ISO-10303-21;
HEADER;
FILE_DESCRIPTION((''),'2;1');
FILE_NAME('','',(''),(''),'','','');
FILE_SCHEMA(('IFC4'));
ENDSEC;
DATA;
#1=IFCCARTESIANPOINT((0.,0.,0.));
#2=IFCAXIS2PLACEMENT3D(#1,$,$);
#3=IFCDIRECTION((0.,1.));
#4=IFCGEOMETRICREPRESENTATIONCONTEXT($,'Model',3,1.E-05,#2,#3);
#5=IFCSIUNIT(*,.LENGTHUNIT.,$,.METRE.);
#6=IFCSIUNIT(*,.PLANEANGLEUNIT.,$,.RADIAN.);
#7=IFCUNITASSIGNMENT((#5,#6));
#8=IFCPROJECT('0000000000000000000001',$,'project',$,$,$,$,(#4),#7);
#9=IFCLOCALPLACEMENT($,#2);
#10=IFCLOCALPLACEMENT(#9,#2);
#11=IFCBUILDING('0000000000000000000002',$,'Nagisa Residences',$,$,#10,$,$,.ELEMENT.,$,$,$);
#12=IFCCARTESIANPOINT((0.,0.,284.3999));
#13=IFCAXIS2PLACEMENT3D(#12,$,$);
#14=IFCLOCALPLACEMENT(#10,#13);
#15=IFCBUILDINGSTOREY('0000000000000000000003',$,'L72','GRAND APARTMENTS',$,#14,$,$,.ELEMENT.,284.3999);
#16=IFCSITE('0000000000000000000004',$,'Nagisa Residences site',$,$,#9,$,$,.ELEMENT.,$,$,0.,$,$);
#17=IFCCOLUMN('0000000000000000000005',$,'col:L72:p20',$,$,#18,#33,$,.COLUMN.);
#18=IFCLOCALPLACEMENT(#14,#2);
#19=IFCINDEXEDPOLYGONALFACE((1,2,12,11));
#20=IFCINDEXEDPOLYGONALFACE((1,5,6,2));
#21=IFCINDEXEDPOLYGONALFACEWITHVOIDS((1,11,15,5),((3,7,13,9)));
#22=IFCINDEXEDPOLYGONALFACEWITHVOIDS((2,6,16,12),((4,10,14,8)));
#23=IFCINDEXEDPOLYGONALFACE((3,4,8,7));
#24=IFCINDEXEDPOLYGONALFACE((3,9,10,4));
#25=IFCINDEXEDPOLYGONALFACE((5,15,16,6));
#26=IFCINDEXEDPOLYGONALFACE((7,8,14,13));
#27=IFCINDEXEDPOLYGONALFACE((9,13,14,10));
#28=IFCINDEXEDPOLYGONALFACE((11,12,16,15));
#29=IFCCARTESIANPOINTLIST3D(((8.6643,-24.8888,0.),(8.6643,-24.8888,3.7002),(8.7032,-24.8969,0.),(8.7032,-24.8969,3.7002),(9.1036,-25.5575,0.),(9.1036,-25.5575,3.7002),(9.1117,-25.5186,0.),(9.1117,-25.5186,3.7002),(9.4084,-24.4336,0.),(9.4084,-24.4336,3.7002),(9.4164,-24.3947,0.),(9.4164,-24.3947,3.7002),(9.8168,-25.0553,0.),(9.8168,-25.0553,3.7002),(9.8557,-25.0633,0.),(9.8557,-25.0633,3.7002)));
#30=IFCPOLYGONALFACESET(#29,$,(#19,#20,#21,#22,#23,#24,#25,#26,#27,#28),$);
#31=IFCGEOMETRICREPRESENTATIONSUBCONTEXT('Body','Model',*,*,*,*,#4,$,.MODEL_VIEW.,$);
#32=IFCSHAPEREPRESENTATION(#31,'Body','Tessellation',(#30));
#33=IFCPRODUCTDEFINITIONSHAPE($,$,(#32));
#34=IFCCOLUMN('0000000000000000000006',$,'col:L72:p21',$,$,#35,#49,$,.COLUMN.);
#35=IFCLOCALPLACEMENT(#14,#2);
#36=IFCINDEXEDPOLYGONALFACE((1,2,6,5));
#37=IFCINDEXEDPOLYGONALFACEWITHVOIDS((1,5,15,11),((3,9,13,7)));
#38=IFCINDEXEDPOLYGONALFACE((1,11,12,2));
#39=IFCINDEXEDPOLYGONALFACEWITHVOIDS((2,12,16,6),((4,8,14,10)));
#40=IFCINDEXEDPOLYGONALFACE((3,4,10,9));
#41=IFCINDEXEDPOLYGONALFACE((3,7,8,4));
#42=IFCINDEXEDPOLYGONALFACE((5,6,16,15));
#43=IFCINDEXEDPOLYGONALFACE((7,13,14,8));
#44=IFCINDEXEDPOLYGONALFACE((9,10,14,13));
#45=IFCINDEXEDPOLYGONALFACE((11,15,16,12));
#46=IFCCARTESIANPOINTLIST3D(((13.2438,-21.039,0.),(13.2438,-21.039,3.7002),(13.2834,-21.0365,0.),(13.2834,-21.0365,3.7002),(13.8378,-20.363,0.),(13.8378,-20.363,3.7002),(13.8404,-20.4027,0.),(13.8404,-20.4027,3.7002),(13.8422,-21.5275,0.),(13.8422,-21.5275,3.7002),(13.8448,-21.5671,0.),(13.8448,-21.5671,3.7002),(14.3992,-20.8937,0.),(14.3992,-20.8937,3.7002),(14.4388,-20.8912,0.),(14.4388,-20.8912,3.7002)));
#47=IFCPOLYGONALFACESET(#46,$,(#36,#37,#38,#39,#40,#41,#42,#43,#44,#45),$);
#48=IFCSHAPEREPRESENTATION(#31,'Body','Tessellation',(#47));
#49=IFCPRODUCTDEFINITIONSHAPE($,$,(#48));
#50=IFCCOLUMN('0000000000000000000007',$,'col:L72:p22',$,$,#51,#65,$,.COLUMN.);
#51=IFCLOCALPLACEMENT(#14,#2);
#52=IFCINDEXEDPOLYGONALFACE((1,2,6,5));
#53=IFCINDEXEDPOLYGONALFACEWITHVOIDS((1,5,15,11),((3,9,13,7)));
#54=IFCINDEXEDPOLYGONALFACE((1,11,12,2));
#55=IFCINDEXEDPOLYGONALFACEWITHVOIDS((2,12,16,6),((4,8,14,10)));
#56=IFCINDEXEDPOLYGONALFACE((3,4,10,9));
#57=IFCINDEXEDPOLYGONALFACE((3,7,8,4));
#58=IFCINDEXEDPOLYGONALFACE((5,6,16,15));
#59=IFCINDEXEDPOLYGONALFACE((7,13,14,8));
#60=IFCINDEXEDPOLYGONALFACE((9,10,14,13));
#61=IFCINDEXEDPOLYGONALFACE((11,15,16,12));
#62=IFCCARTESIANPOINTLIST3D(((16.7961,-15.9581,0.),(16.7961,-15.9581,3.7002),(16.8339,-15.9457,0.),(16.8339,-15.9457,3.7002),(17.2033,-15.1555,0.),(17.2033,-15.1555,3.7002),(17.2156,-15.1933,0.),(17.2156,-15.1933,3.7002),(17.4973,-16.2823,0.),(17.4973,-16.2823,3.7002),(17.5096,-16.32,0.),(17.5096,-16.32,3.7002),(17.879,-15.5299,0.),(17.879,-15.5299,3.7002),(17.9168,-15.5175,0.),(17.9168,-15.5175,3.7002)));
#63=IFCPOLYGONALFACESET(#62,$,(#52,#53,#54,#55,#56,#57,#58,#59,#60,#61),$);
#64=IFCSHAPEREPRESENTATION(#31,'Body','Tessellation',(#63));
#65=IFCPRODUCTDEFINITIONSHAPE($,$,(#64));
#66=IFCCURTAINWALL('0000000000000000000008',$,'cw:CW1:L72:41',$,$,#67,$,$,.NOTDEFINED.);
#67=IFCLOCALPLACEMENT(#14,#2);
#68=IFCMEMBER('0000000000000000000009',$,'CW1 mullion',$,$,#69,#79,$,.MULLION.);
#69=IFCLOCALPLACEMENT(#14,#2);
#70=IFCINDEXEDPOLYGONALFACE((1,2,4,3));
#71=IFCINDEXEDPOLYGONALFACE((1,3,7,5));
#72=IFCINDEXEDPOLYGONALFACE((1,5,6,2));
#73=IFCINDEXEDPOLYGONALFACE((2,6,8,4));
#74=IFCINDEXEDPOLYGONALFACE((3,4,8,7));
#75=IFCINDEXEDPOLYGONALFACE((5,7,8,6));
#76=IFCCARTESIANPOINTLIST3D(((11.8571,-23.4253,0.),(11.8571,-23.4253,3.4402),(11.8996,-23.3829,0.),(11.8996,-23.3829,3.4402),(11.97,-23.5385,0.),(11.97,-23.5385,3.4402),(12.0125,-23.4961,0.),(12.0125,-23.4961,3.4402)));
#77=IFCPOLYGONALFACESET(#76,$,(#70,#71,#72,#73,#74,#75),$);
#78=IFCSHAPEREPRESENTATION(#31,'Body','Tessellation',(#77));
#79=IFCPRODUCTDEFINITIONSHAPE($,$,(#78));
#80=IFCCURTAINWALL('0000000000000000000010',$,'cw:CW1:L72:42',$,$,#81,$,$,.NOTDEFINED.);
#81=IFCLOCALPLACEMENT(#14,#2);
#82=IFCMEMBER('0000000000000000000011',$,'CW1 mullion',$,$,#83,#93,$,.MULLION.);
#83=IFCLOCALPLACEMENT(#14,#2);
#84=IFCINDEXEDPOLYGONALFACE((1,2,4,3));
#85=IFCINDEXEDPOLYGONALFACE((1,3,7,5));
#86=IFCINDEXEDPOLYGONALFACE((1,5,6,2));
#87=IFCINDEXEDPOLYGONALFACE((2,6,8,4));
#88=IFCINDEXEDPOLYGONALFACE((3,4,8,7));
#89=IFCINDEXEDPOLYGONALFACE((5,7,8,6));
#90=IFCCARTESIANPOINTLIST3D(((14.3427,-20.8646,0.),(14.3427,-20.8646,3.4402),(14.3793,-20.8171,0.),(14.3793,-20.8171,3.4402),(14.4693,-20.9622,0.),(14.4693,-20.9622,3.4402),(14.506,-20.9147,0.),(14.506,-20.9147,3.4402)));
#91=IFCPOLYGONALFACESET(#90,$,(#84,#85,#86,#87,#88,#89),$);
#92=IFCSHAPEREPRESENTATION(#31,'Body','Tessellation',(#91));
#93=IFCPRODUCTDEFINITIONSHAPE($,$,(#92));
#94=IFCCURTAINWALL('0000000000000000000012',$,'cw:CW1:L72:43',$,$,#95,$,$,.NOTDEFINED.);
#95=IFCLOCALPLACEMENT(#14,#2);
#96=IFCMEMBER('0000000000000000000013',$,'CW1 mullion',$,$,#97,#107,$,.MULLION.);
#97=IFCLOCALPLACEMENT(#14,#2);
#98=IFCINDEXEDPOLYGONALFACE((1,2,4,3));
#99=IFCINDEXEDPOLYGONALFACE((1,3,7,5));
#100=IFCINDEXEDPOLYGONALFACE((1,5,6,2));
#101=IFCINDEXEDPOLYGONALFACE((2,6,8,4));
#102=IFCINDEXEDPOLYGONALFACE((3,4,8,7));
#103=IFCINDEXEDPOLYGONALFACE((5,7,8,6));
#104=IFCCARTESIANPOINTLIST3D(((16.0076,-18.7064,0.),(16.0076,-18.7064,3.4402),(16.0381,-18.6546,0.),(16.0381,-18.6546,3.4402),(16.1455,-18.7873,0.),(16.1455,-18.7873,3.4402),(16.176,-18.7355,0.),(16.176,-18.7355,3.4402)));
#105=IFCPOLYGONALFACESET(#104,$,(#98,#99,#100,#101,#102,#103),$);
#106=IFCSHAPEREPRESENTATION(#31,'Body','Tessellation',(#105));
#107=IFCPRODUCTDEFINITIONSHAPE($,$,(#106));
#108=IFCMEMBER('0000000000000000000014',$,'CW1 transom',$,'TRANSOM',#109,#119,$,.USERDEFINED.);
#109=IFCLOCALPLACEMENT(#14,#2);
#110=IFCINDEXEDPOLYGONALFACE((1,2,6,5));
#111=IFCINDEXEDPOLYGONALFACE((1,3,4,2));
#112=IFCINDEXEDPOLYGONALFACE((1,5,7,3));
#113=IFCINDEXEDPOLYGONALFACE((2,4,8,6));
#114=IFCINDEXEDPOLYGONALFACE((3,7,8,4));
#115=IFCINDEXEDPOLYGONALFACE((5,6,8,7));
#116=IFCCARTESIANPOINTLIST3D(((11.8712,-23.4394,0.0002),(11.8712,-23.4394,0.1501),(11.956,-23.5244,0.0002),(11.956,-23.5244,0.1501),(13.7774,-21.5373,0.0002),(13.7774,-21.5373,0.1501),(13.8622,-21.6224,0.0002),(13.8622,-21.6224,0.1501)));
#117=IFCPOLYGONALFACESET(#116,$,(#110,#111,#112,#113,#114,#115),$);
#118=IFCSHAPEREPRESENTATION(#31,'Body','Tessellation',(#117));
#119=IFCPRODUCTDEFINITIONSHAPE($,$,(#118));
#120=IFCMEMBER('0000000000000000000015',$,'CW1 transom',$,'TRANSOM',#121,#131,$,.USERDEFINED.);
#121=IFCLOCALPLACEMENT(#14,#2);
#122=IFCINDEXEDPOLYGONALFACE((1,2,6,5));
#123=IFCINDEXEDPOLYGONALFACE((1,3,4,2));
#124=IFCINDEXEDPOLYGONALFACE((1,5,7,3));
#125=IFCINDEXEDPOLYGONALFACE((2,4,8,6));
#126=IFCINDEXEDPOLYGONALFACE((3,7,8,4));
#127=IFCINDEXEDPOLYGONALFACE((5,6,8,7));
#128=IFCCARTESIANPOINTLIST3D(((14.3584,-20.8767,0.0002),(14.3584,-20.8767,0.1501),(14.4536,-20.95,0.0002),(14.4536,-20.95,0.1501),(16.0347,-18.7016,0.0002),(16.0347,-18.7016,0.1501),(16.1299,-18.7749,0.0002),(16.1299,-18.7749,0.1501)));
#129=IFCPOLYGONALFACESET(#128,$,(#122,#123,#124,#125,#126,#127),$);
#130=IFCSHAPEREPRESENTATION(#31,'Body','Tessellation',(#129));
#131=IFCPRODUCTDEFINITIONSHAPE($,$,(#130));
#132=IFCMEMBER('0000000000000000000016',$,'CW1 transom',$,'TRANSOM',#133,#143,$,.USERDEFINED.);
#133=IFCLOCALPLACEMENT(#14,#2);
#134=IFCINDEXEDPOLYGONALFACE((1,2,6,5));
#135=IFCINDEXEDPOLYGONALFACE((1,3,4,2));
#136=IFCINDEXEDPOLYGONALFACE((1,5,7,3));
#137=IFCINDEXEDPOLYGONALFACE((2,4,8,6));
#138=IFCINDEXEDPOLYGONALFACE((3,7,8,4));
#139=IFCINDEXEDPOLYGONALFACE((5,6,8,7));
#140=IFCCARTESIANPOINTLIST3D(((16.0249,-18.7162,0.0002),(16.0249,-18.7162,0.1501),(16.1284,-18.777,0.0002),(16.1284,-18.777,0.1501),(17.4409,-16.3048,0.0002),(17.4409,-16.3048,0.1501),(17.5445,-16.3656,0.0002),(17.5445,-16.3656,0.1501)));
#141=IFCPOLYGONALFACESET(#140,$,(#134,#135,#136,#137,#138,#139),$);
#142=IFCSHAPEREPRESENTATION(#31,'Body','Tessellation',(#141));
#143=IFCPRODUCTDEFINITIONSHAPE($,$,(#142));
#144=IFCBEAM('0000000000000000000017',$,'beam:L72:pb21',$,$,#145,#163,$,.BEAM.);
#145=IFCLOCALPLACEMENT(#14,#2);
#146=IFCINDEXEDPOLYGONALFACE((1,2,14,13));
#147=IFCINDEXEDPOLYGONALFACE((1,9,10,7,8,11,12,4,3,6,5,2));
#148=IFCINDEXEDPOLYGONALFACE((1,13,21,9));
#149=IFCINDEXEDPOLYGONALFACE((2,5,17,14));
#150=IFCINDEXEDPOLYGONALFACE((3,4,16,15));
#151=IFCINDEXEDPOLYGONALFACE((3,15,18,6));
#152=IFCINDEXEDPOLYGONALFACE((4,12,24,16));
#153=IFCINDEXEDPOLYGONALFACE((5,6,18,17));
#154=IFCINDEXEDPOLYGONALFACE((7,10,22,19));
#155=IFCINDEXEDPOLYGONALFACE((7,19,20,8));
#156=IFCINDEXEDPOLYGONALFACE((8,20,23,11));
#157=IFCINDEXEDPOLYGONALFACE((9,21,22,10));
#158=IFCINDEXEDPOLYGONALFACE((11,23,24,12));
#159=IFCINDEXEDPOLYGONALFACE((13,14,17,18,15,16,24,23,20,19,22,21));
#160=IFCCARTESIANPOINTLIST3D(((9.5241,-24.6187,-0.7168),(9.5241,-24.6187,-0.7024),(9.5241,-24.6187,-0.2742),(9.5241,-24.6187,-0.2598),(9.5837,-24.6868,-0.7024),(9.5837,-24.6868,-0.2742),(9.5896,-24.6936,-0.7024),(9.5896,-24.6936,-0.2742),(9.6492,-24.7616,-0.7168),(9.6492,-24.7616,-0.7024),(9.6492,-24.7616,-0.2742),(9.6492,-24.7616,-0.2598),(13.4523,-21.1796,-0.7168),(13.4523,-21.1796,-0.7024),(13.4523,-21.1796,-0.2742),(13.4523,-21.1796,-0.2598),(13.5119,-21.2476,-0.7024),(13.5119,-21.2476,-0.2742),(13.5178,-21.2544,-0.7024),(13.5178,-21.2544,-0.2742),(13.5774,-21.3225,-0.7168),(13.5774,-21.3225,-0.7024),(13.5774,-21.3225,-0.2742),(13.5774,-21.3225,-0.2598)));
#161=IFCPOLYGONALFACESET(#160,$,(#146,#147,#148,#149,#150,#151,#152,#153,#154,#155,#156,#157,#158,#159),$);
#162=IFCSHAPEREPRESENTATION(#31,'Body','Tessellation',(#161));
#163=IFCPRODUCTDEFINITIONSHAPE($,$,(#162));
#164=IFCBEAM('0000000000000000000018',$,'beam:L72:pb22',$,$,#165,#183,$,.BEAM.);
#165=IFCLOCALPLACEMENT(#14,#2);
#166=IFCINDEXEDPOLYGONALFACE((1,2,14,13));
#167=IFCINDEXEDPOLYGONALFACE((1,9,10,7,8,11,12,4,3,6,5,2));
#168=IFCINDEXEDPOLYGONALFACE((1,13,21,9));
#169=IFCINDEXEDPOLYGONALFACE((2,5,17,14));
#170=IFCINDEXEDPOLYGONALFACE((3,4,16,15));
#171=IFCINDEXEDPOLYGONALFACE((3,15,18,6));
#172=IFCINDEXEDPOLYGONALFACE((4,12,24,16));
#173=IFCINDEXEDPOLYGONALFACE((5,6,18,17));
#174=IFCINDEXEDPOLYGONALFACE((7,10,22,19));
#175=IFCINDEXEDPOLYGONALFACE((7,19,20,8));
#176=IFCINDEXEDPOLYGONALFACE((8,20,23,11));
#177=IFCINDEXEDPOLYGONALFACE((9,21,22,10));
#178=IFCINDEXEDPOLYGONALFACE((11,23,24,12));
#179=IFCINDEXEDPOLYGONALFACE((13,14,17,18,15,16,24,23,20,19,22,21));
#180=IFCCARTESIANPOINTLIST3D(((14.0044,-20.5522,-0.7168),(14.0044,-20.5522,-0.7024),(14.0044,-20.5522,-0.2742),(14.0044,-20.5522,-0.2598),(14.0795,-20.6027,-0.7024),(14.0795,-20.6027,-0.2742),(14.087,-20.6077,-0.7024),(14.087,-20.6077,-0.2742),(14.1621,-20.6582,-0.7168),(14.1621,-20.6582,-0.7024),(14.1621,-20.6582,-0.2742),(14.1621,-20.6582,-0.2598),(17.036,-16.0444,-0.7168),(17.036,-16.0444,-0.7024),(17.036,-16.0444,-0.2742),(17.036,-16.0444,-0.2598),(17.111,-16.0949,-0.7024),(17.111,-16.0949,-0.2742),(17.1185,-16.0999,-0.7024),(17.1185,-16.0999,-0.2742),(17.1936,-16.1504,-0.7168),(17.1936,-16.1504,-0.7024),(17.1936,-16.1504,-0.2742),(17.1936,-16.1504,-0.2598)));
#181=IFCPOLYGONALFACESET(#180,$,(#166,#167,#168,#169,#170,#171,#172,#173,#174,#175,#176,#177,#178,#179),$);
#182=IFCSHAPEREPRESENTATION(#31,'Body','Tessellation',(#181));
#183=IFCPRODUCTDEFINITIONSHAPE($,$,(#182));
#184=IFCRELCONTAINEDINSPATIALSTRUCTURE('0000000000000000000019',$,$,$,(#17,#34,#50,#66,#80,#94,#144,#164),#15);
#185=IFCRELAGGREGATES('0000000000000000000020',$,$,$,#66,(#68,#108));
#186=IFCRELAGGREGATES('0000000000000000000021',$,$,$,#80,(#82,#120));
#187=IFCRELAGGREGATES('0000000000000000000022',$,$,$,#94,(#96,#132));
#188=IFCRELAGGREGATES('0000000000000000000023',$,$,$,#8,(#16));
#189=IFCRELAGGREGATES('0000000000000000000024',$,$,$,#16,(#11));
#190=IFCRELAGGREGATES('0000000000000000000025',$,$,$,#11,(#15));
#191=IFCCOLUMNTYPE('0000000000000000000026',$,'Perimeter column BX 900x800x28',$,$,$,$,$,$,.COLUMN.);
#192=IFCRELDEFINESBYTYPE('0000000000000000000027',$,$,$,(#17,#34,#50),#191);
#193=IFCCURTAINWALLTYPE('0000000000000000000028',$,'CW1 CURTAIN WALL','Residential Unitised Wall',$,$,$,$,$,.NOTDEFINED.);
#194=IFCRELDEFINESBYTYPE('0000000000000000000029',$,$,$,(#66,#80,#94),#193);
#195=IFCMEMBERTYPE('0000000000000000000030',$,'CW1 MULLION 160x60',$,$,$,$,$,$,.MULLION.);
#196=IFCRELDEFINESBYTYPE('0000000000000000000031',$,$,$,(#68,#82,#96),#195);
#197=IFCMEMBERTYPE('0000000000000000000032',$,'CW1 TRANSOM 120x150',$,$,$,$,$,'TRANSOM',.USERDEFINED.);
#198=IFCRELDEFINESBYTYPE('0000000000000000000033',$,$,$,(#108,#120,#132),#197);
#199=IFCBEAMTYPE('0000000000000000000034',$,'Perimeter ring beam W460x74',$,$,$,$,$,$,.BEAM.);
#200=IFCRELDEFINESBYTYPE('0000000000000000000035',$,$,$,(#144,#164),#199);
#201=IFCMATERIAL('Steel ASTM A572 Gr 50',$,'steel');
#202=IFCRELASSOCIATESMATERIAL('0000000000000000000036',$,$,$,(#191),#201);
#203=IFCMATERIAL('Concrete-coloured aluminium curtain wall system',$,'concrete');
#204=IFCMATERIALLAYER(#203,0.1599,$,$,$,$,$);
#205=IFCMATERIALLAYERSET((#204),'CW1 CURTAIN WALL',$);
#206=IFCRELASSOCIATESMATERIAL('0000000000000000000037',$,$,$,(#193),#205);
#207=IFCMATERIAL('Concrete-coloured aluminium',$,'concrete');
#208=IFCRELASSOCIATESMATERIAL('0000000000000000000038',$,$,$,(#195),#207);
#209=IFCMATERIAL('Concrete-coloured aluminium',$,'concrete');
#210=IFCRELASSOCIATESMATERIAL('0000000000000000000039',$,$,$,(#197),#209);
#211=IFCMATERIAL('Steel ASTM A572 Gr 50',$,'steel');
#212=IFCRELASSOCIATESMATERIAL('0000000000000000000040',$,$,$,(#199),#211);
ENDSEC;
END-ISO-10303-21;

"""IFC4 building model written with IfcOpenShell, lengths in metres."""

from ifc_helpers import new_model, si_unit, direction, frame, origin, origin_2d, place, context, subcontext, project, spatial, rectangle, hollow_rectangle, i_section, extrude, material, layer, layer_set, material_profile, profile_set, type_object, element, aggregate, save


model = new_model("IFC4")

# Units and contexts
model_context = context("Model", 3, precision=1e-05, world=origin(), true_north=direction((0.0, 1.0)))
body_context = subcontext(model_context, "Body", "Model", "MODEL_VIEW")
ifc_project = project(units=[si_unit("LENGTHUNIT", "METRE"), si_unit("PLANEANGLEUNIT", "RADIAN")], contexts=[model_context])

# Site, building, storey
site_placement = place(None, origin())
site = spatial("IfcSite", under=ifc_project, at=site_placement, Name="Nagisa Residences site", CompositionType="ELEMENT", RefElevation=0.0)
building_placement = place(site_placement, origin())
building = spatial("IfcBuilding", under=site, at=building_placement, Name="Nagisa Residences", CompositionType="ELEMENT")
storey_placement = place(building_placement, frame((0.0, 0.0, 284.3999)))
storey = spatial("IfcBuildingStorey", under=building, at=storey_placement, Name="L72", Description="GRAND APARTMENTS", CompositionType="ELEMENT", Elevation=284.3999)

# Columns
ifc_material_1 = material(Name="Steel ASTM A572 Gr 50", Category="steel")
ifc_material_profile_1 = material_profile(ifc_material_1, hollow_rectangle(XDim=0.8999, YDim=0.8, WallThickness=0.0281, at=origin_2d()), Name="BX 900x800x28")
ifc_profile_set_1 = profile_set([ifc_material_profile_1], Name="Steel ASTM A572 Gr 50")
column_type = type_object("IfcColumnType", Name="Perimeter column BX 900x800x28", PredefinedType="COLUMN", material=ifc_profile_set_1)
for number, where, z_axis, x_axis, name in (
    (1, (9.26, -24.9761, 0.0), (0.0, 0.0, 1.0), (0.835766, 0.549086, 0.0), "col:L72:p20"),
    (2, (13.8413, -20.9651, 0.0), (0.0, 0.0, 1.0), (0.660115, 0.751165, 0.0), "col:L72:p21"),
    (3, (17.3564, -15.7378, 0.0), (0.0, 0.0, 1.0), (0.452463, 0.891783, 0.0), "col:L72:p22"),
):
    element("IfcColumn", number, at=place(storey_placement, frame(where, z_axis=z_axis, x_axis=x_axis)), inside=storey, type_object=column_type, Name=name, PredefinedType="COLUMN", context=body_context, shape_type="SweptSolid", body=[
        extrude(hollow_rectangle(XDim=0.8999, YDim=0.8, WallThickness=0.0281, at=origin_2d()), origin(), (0.0, 0.0, 1.0), 3.7002),
    ])

# Curtain walls, members
ifc_material_2 = material(Name="Concrete-coloured aluminium curtain wall system", Category="concrete")
ifc_layer_1 = layer(ifc_material_2, 0.1599)
ifc_layer_set_1 = layer_set([ifc_layer_1], Name="CW1 CURTAIN WALL")
curtain_wall_type = type_object("IfcCurtainWallType", Name="CW1 CURTAIN WALL", Description="Residential Unitised Wall", PredefinedType="NOTDEFINED", material=ifc_layer_set_1)
curtain_wall_1_placement = place(storey_placement, origin())
curtain_wall_1 = element("IfcCurtainWall", 4, at=curtain_wall_1_placement, inside=storey, type_object=curtain_wall_type, Name="cw:CW1:L72:41", PredefinedType="NOTDEFINED")
ifc_material_3 = material(Name="Concrete-coloured aluminium", Category="concrete")
ifc_material_profile_2 = material_profile(ifc_material_3, rectangle(XDim=0.1599, YDim=0.0601, at=origin_2d()), Name="CW1 MULLION 160x60")
ifc_profile_set_2 = profile_set([ifc_material_profile_2], Name="Concrete-coloured aluminium")
member_type_1 = type_object("IfcMemberType", Name="CW1 MULLION 160x60", PredefinedType="MULLION", material=ifc_profile_set_2)
member_1_placement = place(storey_placement, frame((11.9348, -23.4607, 0.0), z_axis=(0.0, 0.0, 1.0), x_axis=(-0.706377, 0.707836, 0.0)))
member_1 = element("IfcMember", 5, at=member_1_placement, type_object=member_type_1, Name="CW1 mullion", PredefinedType="MULLION", context=body_context, shape_type="SweptSolid", body=[
    extrude(rectangle(XDim=0.1599, YDim=0.0601, at=origin_2d()), origin(), (0.0, 0.0, 1.0), 3.4402),
])
curtain_wall_2_placement = place(storey_placement, origin())
curtain_wall_2 = element("IfcCurtainWall", 6, at=curtain_wall_2_placement, inside=storey, type_object=curtain_wall_type, Name="cw:CW1:L72:42", PredefinedType="NOTDEFINED")
member_2_placement = place(storey_placement, frame((14.4243, -20.8896, 0.0), z_axis=(0.0, 0.0, 1.0), x_axis=(-0.79207, 0.61043, 0.0)))
member_2 = element("IfcMember", 7, at=member_2_placement, type_object=member_type_1, Name="CW1 mullion", PredefinedType="MULLION", context=body_context, shape_type="SweptSolid", body=[
    extrude(rectangle(XDim=0.1599, YDim=0.0601, at=origin_2d()), origin(), (0.0, 0.0, 1.0), 3.4402),
])
curtain_wall_3_placement = place(storey_placement, origin())
curtain_wall_3 = element("IfcCurtainWall", 8, at=curtain_wall_3_placement, inside=storey, type_object=curtain_wall_type, Name="cw:CW1:L72:43", PredefinedType="NOTDEFINED")
member_3_placement = place(storey_placement, frame((16.0918, -18.7209, 0.0), z_axis=(0.0, 0.0, 1.0), x_axis=(-0.862329, 0.506349, 0.0)))
member_3 = element("IfcMember", 9, at=member_3_placement, type_object=member_type_1, Name="CW1 mullion", PredefinedType="MULLION", context=body_context, shape_type="SweptSolid", body=[
    extrude(rectangle(XDim=0.1599, YDim=0.0601, at=origin_2d()), origin(), (0.0, 0.0, 1.0), 3.4402),
])

# Members
ifc_material_4 = material(Name="Concrete-coloured aluminium", Category="concrete")
ifc_material_profile_3 = material_profile(ifc_material_4, rectangle(XDim=0.1201, YDim=0.1499, at=origin_2d()), Name="CW1 TRANSOM 120x150")
ifc_profile_set_3 = profile_set([ifc_material_profile_3], Name="Concrete-coloured aluminium")
member_type_2 = type_object("IfcMemberType", Name="CW1 TRANSOM 120x150", ElementType="TRANSOM", PredefinedType="USERDEFINED", material=ifc_profile_set_3)
member_4_placement = place(storey_placement, frame((11.9136, -23.4819, 0.0752), z_axis=(0.707877, 0.706336, 0.0), x_axis=(-0.706336, 0.707877, 0.0)))
member_4 = element("IfcMember", 10, at=member_4_placement, type_object=member_type_2, Name="CW1 transom", ObjectType="TRANSOM", PredefinedType="USERDEFINED", context=body_context, shape_type="SweptSolid", body=[
    extrude(rectangle(XDim=0.1201, YDim=0.1499, at=origin_2d()), origin(), (0.0, 0.0, 1.0), 2.6929),
])
member_5_placement = place(storey_placement, frame((14.406, -20.9133, 0.0752), z_axis=(0.610432, 0.792068, 0.0), x_axis=(-0.792068, 0.610432, 0.0)))
member_5 = element("IfcMember", 11, at=member_5_placement, type_object=member_type_2, Name="CW1 transom", ObjectType="TRANSOM", PredefinedType="USERDEFINED", context=body_context, shape_type="SweptSolid", body=[
    extrude(rectangle(XDim=0.1201, YDim=0.1499, at=origin_2d()), origin(), (0.0, 0.0, 1.0), 2.7461),
])
member_6_placement = place(storey_placement, frame((16.0767, -18.7466, 0.0752), z_axis=(0.506371, 0.862316, 0.0), x_axis=(-0.862316, 0.506371, 0.0)))
member_6 = element("IfcMember", 12, at=member_6_placement, type_object=member_type_2, Name="CW1 transom", ObjectType="TRANSOM", PredefinedType="USERDEFINED", context=body_context, shape_type="SweptSolid", body=[
    extrude(rectangle(XDim=0.1201, YDim=0.1499, at=origin_2d()), origin(), (0.0, 0.0, 1.0), 2.7964),
])

# Beams
ifc_material_5 = material(Name="Steel ASTM A572 Gr 50", Category="steel")
ifc_material_profile_4 = material_profile(ifc_material_5, i_section(OverallWidth=0.1899, OverallDepth=0.457, WebThickness=0.009, FlangeThickness=0.0144, at=origin_2d()), Name="W460x74")
ifc_profile_set_4 = profile_set([ifc_material_profile_4], Name="Steel ASTM A572 Gr 50")
beam_type_1 = type_object("IfcBeamType", Name="Perimeter ring beam W460x74", PredefinedType="BEAM", material=ifc_profile_set_4)
beam_1_placement = place(storey_placement, frame((9.5867, -24.6902, -0.4883), z_axis=(0.752385, 0.658723, 0.0), x_axis=(-0.658723, 0.752385, 0.0)))
element("IfcBeam", 13, at=beam_1_placement, inside=storey, type_object=beam_type_1, Name="beam:L72:pb21", PredefinedType="BEAM", context=body_context, shape_type="SweptSolid", body=[
    extrude(i_section(OverallWidth=0.1899, OverallDepth=0.457, WebThickness=0.009, FlangeThickness=0.0144, at=origin_2d()), origin(), (0.0, 0.0, 1.0), 5.2209),
])
beam_2_placement = place(storey_placement, frame((14.0833, -20.6052, -0.4883), z_axis=(0.558046, 0.82981, 0.0), x_axis=(-0.82981, 0.558046, 0.0)))
element("IfcBeam", 14, at=beam_2_placement, inside=storey, type_object=beam_type_1, Name="beam:L72:pb22", PredefinedType="BEAM", context=body_context, shape_type="SweptSolid", body=[
    extrude(i_section(OverallWidth=0.1899, OverallDepth=0.457, WebThickness=0.009, FlangeThickness=0.0144, at=origin_2d()), origin(), (0.0, 0.0, 1.0), 5.4324),
])

aggregate(curtain_wall_1, [member_1, member_4])
aggregate(curtain_wall_2, [member_2, member_5])
aggregate(curtain_wall_3, [member_3, member_6])

save(model, "model.ifc")
